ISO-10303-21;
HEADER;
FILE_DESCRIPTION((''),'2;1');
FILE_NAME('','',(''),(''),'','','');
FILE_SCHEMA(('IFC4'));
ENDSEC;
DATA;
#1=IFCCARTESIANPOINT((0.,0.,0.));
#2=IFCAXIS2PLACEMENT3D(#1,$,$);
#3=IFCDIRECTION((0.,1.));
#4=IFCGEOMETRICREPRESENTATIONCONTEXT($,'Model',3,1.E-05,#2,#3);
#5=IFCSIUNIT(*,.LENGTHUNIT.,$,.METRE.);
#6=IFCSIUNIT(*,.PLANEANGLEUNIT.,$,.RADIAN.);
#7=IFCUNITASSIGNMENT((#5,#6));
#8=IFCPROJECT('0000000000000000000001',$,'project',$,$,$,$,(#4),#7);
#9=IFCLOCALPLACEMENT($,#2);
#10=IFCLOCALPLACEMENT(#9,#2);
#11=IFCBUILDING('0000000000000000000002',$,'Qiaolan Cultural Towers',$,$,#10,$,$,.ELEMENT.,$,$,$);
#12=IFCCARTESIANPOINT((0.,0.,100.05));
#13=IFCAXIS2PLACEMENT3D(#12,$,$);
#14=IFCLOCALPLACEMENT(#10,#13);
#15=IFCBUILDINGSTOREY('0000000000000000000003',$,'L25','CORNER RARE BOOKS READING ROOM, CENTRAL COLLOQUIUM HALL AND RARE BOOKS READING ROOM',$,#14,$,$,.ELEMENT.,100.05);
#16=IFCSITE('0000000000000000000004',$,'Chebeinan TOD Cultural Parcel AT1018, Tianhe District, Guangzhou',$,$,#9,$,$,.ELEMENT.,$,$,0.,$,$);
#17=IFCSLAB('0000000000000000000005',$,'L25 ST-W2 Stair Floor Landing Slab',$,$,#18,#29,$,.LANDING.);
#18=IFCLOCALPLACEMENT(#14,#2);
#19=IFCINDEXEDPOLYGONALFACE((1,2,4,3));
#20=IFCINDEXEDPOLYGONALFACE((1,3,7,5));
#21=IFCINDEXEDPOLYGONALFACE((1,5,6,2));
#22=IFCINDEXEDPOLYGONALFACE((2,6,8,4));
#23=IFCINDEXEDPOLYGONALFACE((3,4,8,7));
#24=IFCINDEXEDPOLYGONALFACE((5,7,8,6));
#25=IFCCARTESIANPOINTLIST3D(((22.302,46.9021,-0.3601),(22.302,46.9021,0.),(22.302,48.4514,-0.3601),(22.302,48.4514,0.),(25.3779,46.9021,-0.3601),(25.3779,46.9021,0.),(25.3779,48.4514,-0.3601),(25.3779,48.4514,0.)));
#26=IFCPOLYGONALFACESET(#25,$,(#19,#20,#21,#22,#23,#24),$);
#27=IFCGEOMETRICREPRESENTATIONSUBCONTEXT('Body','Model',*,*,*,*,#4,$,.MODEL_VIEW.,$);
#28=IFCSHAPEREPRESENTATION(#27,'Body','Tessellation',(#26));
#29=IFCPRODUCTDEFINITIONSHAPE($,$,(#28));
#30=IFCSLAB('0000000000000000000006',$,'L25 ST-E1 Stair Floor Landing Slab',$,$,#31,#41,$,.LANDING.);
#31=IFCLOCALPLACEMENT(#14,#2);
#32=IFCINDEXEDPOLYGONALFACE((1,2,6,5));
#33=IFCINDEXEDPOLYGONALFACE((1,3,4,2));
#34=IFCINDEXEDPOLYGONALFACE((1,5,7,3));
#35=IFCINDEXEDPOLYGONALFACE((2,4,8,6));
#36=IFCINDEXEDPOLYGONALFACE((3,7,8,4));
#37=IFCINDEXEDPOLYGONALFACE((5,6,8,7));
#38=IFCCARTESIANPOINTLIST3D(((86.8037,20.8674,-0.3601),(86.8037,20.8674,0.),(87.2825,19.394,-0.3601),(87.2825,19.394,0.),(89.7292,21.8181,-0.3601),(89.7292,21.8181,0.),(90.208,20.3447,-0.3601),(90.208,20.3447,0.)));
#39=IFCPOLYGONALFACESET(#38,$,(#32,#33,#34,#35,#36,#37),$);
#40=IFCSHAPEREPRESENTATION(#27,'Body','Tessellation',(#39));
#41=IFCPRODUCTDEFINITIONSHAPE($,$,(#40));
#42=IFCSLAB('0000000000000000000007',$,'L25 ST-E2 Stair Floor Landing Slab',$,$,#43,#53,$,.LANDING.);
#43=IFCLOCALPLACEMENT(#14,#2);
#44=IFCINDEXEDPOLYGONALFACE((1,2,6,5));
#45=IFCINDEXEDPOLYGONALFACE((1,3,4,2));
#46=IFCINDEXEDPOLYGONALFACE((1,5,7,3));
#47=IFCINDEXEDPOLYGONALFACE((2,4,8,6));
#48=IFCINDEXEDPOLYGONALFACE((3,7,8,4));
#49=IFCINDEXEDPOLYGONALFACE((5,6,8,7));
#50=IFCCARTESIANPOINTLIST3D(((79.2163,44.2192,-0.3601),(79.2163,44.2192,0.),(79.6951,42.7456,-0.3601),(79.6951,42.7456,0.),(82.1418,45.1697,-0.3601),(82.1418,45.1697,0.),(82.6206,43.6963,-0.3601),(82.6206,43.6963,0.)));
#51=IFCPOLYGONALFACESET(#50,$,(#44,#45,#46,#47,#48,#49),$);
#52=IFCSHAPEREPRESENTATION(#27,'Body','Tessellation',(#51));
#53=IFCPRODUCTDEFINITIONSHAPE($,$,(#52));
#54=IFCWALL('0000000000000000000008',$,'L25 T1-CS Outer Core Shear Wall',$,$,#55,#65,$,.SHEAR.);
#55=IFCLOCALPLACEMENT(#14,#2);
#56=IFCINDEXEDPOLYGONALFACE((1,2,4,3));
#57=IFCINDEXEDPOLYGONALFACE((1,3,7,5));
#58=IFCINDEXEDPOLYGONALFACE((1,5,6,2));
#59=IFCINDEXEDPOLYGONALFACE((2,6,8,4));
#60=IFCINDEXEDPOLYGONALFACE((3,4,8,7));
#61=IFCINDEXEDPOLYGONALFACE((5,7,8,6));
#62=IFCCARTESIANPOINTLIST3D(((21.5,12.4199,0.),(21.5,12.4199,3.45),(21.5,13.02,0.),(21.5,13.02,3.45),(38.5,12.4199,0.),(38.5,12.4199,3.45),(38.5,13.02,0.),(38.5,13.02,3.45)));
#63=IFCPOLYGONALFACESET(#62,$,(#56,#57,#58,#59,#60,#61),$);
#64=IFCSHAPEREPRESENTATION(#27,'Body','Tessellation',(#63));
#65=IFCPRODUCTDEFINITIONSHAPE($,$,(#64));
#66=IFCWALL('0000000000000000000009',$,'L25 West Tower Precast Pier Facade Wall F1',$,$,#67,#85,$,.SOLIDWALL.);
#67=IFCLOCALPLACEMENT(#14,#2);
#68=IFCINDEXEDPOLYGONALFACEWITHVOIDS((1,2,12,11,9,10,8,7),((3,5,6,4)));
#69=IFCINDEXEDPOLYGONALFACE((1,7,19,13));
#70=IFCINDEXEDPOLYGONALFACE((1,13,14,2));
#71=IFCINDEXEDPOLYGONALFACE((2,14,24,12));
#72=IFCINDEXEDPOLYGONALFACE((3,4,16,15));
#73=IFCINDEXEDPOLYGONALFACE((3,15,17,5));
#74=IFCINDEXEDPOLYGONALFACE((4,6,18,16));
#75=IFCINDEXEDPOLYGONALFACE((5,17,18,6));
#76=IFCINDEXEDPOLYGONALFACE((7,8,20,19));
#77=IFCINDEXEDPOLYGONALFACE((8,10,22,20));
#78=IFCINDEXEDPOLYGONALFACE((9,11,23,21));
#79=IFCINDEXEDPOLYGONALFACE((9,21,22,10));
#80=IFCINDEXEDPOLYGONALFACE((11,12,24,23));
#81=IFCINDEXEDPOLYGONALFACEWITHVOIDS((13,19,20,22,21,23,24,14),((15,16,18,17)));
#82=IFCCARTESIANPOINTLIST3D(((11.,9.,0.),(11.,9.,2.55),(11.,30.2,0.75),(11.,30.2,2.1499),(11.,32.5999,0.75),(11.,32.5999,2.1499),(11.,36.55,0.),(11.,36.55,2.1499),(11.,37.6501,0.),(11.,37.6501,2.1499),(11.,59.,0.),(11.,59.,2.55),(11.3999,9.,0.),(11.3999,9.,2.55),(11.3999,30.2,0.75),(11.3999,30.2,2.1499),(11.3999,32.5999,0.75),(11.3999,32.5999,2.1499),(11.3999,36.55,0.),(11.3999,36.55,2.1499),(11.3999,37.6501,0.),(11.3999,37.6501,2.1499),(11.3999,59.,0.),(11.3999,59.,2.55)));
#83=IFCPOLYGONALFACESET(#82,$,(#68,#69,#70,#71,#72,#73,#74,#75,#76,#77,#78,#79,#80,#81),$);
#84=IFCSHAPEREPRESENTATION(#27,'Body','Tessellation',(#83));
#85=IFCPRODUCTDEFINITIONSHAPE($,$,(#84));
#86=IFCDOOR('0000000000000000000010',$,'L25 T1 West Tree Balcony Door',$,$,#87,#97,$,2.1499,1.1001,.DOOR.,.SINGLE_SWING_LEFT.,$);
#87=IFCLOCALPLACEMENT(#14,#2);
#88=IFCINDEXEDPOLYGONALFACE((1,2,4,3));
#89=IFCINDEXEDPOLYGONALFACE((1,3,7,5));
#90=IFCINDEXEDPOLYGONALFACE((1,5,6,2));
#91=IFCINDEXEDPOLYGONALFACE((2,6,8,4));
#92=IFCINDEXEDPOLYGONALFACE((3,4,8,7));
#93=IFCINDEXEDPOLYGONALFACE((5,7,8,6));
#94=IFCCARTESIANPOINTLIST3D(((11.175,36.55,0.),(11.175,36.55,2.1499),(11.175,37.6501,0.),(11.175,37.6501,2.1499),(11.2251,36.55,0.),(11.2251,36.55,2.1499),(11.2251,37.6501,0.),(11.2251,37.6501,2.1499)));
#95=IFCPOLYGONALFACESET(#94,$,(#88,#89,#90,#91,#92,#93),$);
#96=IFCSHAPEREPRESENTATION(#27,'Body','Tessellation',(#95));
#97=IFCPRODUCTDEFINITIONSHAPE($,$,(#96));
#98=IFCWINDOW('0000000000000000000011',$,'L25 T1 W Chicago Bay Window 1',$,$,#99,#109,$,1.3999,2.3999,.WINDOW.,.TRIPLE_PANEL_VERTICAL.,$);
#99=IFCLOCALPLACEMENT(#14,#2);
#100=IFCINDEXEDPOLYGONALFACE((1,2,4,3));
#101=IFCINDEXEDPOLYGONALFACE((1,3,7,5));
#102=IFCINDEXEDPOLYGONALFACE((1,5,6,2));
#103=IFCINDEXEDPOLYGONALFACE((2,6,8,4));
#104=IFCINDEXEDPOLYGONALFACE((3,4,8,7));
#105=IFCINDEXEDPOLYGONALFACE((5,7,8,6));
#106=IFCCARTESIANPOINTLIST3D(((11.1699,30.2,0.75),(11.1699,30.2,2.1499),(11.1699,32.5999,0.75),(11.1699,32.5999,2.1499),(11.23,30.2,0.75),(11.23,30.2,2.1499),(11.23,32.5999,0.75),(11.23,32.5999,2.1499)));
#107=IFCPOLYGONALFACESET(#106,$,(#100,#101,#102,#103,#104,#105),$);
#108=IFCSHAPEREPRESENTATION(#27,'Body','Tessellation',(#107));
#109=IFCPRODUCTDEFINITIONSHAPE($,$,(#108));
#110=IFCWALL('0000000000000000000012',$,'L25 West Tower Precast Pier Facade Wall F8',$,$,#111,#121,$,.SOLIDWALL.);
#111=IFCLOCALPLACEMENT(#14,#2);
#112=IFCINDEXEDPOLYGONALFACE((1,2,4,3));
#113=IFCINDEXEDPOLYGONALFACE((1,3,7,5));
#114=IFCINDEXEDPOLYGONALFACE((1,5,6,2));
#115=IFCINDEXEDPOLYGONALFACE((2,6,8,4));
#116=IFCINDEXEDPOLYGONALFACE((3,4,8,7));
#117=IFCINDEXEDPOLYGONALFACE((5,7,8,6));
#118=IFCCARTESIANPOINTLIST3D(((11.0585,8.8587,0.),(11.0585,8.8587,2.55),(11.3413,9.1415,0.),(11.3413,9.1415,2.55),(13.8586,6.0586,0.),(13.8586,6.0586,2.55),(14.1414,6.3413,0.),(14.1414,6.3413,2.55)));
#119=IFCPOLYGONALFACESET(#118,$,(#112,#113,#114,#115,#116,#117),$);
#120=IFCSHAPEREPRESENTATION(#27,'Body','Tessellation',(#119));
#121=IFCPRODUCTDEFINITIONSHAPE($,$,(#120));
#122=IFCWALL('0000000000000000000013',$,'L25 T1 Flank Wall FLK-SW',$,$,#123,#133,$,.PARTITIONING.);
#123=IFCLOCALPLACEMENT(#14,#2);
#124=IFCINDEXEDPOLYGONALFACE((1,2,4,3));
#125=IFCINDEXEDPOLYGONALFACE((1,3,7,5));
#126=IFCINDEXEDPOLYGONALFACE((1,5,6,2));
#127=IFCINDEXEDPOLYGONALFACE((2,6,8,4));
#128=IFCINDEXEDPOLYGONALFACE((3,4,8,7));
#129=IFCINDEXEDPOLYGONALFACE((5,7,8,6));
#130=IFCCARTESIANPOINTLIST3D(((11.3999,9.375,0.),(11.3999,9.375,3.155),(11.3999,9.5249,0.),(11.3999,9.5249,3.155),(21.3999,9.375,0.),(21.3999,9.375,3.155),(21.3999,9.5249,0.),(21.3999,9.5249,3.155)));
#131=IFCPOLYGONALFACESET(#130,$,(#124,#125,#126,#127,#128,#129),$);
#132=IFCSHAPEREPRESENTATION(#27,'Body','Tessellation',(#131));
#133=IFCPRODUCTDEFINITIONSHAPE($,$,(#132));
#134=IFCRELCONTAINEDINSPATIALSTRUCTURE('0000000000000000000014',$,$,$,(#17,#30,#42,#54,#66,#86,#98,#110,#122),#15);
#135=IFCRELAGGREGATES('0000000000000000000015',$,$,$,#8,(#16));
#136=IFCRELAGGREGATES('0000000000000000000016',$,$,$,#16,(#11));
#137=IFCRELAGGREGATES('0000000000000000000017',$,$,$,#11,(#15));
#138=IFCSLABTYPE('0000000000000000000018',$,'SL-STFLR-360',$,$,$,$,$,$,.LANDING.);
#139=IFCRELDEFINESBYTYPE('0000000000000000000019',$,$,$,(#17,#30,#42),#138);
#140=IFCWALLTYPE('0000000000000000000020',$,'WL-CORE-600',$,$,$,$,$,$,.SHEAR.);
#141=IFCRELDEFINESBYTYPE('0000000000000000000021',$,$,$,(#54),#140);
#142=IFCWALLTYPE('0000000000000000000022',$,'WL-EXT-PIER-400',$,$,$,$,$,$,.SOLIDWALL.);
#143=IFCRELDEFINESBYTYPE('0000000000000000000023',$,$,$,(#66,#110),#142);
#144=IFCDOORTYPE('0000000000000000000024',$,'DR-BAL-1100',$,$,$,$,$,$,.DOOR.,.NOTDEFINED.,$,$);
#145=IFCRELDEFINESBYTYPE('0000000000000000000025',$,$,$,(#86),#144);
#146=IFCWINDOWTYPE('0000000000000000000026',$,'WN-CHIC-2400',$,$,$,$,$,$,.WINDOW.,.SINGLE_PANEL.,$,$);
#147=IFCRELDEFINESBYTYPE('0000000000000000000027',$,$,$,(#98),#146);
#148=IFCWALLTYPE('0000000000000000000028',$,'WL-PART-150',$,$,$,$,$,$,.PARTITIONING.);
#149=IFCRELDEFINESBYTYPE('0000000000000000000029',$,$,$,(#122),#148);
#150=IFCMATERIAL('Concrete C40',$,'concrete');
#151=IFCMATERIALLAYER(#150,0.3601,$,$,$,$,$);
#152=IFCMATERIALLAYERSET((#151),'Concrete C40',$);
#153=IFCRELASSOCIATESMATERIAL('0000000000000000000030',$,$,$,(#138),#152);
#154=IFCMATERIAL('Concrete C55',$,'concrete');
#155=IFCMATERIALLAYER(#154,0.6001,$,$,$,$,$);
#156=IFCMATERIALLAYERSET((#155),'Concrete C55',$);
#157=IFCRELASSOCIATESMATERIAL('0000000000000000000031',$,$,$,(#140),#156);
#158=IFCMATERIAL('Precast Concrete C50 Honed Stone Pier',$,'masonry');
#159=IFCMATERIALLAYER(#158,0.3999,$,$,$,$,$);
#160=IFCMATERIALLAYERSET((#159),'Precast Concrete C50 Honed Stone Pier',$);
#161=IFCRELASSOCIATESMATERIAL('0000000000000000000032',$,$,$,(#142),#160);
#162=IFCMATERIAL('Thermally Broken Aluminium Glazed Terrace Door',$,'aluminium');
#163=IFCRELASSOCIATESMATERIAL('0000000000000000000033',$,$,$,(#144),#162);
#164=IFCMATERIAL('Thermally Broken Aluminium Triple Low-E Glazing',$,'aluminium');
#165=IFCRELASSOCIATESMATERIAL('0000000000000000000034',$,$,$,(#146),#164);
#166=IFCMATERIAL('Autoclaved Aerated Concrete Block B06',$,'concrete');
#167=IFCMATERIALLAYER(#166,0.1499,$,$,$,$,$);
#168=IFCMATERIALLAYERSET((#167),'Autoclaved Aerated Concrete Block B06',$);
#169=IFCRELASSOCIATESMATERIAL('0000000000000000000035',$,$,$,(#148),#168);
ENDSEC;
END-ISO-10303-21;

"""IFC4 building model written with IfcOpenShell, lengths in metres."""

from ifc_helpers import new_model, si_unit, direction, frame, frame_2d, origin, place, context, subcontext, project, spatial, polyline, rectangle, outline, extrude, material, layer, layer_set, type_object, element, fill, save


model = new_model("IFC4")

# Units and contexts
model_context = context("Model", 3, precision=1e-05, world=origin(), true_north=direction((0.0, 1.0)))
body_context = subcontext(model_context, "Body", "Model", "MODEL_VIEW")
ifc_project = project(units=[si_unit("LENGTHUNIT", "METRE"), si_unit("PLANEANGLEUNIT", "RADIAN")], contexts=[model_context])

# Site, building, storey
site_placement = place(None, origin())
site = spatial("IfcSite", under=ifc_project, at=site_placement, Name="Chebeinan TOD Cultural Parcel AT1018, Tianhe District, Guangzhou", CompositionType="ELEMENT", RefElevation=0.0)
building_placement = place(site_placement, origin())
building = spatial("IfcBuilding", under=site, at=building_placement, Name="Qiaolan Cultural Towers", CompositionType="ELEMENT")
storey_placement = place(building_placement, frame((0.0, 0.0, 100.05)))
storey = spatial("IfcBuildingStorey", under=building, at=storey_placement, Name="L25", Description="CORNER RARE BOOKS READING ROOM, CENTRAL COLLOQUIUM HALL AND RARE BOOKS READING ROOM", CompositionType="ELEMENT", Elevation=100.05)

# Slabs
ifc_material_1 = material(Name="Concrete C40", Category="concrete")
ifc_layer_1 = layer(ifc_material_1, 0.3601)
ifc_layer_set_1 = layer_set([ifc_layer_1], Name="Concrete C40")
slab_type_1 = type_object("IfcSlabType", Name="SL-STFLR-360", PredefinedType="LANDING", material=ifc_layer_set_1)
slab_1_placement = place(storey_placement, frame((0.0, 0.0, -0.3601)))
element("IfcSlab", 1, at=slab_1_placement, inside=storey, type_object=slab_type_1, Name="L25 ST-W2 Stair Floor Landing Slab", PredefinedType="LANDING", context=body_context, shape_type="SweptSolid", body=[
    extrude(outline(polyline([(25.3779, 46.9021), (25.3779, 48.4514), (22.302, 48.4514), (22.302, 46.9021), (25.3779, 46.9021)])), origin(), (0.0, 0.0, 1.0), 0.3601),
])
slab_2_placement = place(storey_placement, frame((0.0, 0.0, -0.3601)))
element("IfcSlab", 2, at=slab_2_placement, inside=storey, type_object=slab_type_1, Name="L25 ST-E1 Stair Floor Landing Slab", PredefinedType="LANDING", context=body_context, shape_type="SweptSolid", body=[
    extrude(outline(polyline([(86.8037, 20.8674), (87.2825, 19.394), (90.208, 20.3447), (89.7292, 21.8181), (86.8037, 20.8674)])), origin(), (0.0, 0.0, 1.0), 0.3601),
])
slab_3_placement = place(storey_placement, frame((0.0, 0.0, -0.3601)))
element("IfcSlab", 3, at=slab_3_placement, inside=storey, type_object=slab_type_1, Name="L25 ST-E2 Stair Floor Landing Slab", PredefinedType="LANDING", context=body_context, shape_type="SweptSolid", body=[
    extrude(outline(polyline([(82.6206, 43.6963), (82.1418, 45.1697), (79.2163, 44.2192), (79.6951, 42.7456), (82.6206, 43.6963)])), origin(), (0.0, 0.0, 1.0), 0.3601),
])

# Wall
ifc_material_2 = material(Name="Concrete C55", Category="concrete")
ifc_layer_2 = layer(ifc_material_2, 0.6001)
ifc_layer_set_2 = layer_set([ifc_layer_2], Name="Concrete C55")
wall_type_1 = type_object("IfcWallType", Name="WL-CORE-600", PredefinedType="SHEAR", material=ifc_layer_set_2)
wall_1_placement = place(storey_placement, frame((21.5, 12.72, 0.0), z_axis=(0.0, 0.0, 1.0), x_axis=(1.0, 0.0, 0.0)))
element("IfcWall", 4, at=wall_1_placement, inside=storey, type_object=wall_type_1, Name="L25 T1-CS Outer Core Shear Wall", PredefinedType="SHEAR", context=body_context, shape_type="SweptSolid", body=[
    extrude(rectangle(XDim=17.0, YDim=0.6001, at=frame_2d((8.5, 0.0))), origin(), (0.0, 0.0, 1.0), 3.45),
])

# Wall, openings, door, window
ifc_material_3 = material(Name="Precast Concrete C50 Honed Stone Pier", Category="masonry")
ifc_layer_3 = layer(ifc_material_3, 0.3999)
ifc_layer_set_3 = layer_set([ifc_layer_3], Name="Precast Concrete C50 Honed Stone Pier")
wall_type_2 = type_object("IfcWallType", Name="WL-EXT-PIER-400", PredefinedType="SOLIDWALL", material=ifc_layer_set_3)
wall_2_placement = place(storey_placement, frame((11.2, 9.0, 0.0), z_axis=(0.0, 0.0, 1.0), x_axis=(0.0, 1.0, 0.0)))
wall_2 = element("IfcWall", 5, at=wall_2_placement, inside=storey, type_object=wall_type_2, Name="L25 West Tower Precast Pier Facade Wall F1", PredefinedType="SOLIDWALL", context=body_context, shape_type="SweptSolid", body=[
    extrude(rectangle(XDim=50.0, YDim=0.3999, at=frame_2d((25.0, 0.0))), origin(), (0.0, 0.0, 1.0), 2.55),
])
opening_1_placement = place(wall_2_placement, frame((21.2, 0.0, 0.75)))
opening_1 = element("IfcOpeningElement", 6, at=opening_1_placement, cuts=wall_2, PredefinedType="OPENING", context=body_context, shape_type="SweptSolid", body=[
    extrude(rectangle(XDim=2.3999, YDim=1.3999, at=frame_2d((1.2, 0.7))), frame((0.0, 0.21, 0.0), z_axis=(0.0, -1.0, 0.0), x_axis=(1.0, 0.0, 0.0)), (0.0, 0.0, 1.0), 0.4199),
])
opening_2_placement = place(wall_2_placement, frame((27.55, 0.0, 0.0)))
opening_2 = element("IfcOpeningElement", 7, at=opening_2_placement, cuts=wall_2, PredefinedType="OPENING", context=body_context, shape_type="SweptSolid", body=[
    extrude(rectangle(XDim=1.1001, YDim=2.1499, at=frame_2d((0.55, 1.075))), frame((0.0, 0.21, 0.0), z_axis=(0.0, -1.0, 0.0), x_axis=(1.0, 0.0, 0.0)), (0.0, 0.0, 1.0), 0.4199),
])
ifc_material_4 = material(Name="Thermally Broken Aluminium Glazed Terrace Door", Category="aluminium")
door_type = type_object("IfcDoorType", Name="DR-BAL-1100", OperationType="NOTDEFINED", PredefinedType="DOOR", material=ifc_material_4)
door_placement = place(opening_2_placement, origin())
door = element("IfcDoor", 8, at=door_placement, inside=storey, type_object=door_type, Name="L25 T1 West Tree Balcony Door", OperationType="SINGLE_SWING_LEFT", OverallHeight=2.1499, OverallWidth=1.1001, PredefinedType="DOOR", context=body_context, shape_type="SweptSolid", body=[
    extrude(rectangle(XDim=1.1001, YDim=2.1499, at=frame_2d((0.55, 1.075))), frame((0.0, 0.0249, 0.0), z_axis=(0.0, -1.0, 0.0), x_axis=(1.0, 0.0, 0.0)), (0.0, 0.0, 1.0), 0.05),
])
fill(opening_2, door)
ifc_material_5 = material(Name="Thermally Broken Aluminium Triple Low-E Glazing", Category="aluminium")
window_type = type_object("IfcWindowType", Name="WN-CHIC-2400", PartitioningType="SINGLE_PANEL", PredefinedType="WINDOW", material=ifc_material_5)
window_placement = place(opening_1_placement, origin())
window = element("IfcWindow", 9, at=window_placement, inside=storey, type_object=window_type, Name="L25 T1 W Chicago Bay Window 1", OverallHeight=1.3999, OverallWidth=2.3999, PartitioningType="TRIPLE_PANEL_VERTICAL", PredefinedType="WINDOW", context=body_context, shape_type="SweptSolid", body=[
    extrude(rectangle(XDim=2.3999, YDim=1.3999, at=frame_2d((1.2, 0.7))), frame((0.0, 0.03, 0.0), z_axis=(0.0, -1.0, 0.0), x_axis=(1.0, 0.0, 0.0)), (0.0, 0.0, 1.0), 0.0601),
])
fill(opening_1, window)

# Walls
wall_3_placement = place(storey_placement, frame((14.0, 6.2, 0.0), z_axis=(0.0, 0.0, 1.0), x_axis=(-0.707107, 0.707107, 0.0)))
element("IfcWall", 10, at=wall_3_placement, inside=storey, type_object=wall_type_2, Name="L25 West Tower Precast Pier Facade Wall F8", PredefinedType="SOLIDWALL", context=body_context, shape_type="SweptSolid", body=[
    extrude(rectangle(XDim=3.96, YDim=0.3999, at=frame_2d((1.98, 0.0))), origin(), (0.0, 0.0, 1.0), 2.55),
])
ifc_material_6 = material(Name="Autoclaved Aerated Concrete Block B06", Category="concrete")
ifc_layer_4 = layer(ifc_material_6, 0.1499)
ifc_layer_set_4 = layer_set([ifc_layer_4], Name="Autoclaved Aerated Concrete Block B06")
wall_type_3 = type_object("IfcWallType", Name="WL-PART-150", PredefinedType="PARTITIONING", material=ifc_layer_set_4)
wall_4_placement = place(storey_placement, frame((11.3999, 9.45, 0.0), z_axis=(0.0, 0.0, 1.0), x_axis=(1.0, 0.0, 0.0)))
element("IfcWall", 11, at=wall_4_placement, inside=storey, type_object=wall_type_3, Name="L25 T1 Flank Wall FLK-SW", PredefinedType="PARTITIONING", context=body_context, shape_type="SweptSolid", body=[
    extrude(rectangle(XDim=10.0, YDim=0.1499, at=frame_2d((5.0, 0.0))), origin(), (0.0, 0.0, 1.0), 3.155),
])

save(model, "model.ifc")
